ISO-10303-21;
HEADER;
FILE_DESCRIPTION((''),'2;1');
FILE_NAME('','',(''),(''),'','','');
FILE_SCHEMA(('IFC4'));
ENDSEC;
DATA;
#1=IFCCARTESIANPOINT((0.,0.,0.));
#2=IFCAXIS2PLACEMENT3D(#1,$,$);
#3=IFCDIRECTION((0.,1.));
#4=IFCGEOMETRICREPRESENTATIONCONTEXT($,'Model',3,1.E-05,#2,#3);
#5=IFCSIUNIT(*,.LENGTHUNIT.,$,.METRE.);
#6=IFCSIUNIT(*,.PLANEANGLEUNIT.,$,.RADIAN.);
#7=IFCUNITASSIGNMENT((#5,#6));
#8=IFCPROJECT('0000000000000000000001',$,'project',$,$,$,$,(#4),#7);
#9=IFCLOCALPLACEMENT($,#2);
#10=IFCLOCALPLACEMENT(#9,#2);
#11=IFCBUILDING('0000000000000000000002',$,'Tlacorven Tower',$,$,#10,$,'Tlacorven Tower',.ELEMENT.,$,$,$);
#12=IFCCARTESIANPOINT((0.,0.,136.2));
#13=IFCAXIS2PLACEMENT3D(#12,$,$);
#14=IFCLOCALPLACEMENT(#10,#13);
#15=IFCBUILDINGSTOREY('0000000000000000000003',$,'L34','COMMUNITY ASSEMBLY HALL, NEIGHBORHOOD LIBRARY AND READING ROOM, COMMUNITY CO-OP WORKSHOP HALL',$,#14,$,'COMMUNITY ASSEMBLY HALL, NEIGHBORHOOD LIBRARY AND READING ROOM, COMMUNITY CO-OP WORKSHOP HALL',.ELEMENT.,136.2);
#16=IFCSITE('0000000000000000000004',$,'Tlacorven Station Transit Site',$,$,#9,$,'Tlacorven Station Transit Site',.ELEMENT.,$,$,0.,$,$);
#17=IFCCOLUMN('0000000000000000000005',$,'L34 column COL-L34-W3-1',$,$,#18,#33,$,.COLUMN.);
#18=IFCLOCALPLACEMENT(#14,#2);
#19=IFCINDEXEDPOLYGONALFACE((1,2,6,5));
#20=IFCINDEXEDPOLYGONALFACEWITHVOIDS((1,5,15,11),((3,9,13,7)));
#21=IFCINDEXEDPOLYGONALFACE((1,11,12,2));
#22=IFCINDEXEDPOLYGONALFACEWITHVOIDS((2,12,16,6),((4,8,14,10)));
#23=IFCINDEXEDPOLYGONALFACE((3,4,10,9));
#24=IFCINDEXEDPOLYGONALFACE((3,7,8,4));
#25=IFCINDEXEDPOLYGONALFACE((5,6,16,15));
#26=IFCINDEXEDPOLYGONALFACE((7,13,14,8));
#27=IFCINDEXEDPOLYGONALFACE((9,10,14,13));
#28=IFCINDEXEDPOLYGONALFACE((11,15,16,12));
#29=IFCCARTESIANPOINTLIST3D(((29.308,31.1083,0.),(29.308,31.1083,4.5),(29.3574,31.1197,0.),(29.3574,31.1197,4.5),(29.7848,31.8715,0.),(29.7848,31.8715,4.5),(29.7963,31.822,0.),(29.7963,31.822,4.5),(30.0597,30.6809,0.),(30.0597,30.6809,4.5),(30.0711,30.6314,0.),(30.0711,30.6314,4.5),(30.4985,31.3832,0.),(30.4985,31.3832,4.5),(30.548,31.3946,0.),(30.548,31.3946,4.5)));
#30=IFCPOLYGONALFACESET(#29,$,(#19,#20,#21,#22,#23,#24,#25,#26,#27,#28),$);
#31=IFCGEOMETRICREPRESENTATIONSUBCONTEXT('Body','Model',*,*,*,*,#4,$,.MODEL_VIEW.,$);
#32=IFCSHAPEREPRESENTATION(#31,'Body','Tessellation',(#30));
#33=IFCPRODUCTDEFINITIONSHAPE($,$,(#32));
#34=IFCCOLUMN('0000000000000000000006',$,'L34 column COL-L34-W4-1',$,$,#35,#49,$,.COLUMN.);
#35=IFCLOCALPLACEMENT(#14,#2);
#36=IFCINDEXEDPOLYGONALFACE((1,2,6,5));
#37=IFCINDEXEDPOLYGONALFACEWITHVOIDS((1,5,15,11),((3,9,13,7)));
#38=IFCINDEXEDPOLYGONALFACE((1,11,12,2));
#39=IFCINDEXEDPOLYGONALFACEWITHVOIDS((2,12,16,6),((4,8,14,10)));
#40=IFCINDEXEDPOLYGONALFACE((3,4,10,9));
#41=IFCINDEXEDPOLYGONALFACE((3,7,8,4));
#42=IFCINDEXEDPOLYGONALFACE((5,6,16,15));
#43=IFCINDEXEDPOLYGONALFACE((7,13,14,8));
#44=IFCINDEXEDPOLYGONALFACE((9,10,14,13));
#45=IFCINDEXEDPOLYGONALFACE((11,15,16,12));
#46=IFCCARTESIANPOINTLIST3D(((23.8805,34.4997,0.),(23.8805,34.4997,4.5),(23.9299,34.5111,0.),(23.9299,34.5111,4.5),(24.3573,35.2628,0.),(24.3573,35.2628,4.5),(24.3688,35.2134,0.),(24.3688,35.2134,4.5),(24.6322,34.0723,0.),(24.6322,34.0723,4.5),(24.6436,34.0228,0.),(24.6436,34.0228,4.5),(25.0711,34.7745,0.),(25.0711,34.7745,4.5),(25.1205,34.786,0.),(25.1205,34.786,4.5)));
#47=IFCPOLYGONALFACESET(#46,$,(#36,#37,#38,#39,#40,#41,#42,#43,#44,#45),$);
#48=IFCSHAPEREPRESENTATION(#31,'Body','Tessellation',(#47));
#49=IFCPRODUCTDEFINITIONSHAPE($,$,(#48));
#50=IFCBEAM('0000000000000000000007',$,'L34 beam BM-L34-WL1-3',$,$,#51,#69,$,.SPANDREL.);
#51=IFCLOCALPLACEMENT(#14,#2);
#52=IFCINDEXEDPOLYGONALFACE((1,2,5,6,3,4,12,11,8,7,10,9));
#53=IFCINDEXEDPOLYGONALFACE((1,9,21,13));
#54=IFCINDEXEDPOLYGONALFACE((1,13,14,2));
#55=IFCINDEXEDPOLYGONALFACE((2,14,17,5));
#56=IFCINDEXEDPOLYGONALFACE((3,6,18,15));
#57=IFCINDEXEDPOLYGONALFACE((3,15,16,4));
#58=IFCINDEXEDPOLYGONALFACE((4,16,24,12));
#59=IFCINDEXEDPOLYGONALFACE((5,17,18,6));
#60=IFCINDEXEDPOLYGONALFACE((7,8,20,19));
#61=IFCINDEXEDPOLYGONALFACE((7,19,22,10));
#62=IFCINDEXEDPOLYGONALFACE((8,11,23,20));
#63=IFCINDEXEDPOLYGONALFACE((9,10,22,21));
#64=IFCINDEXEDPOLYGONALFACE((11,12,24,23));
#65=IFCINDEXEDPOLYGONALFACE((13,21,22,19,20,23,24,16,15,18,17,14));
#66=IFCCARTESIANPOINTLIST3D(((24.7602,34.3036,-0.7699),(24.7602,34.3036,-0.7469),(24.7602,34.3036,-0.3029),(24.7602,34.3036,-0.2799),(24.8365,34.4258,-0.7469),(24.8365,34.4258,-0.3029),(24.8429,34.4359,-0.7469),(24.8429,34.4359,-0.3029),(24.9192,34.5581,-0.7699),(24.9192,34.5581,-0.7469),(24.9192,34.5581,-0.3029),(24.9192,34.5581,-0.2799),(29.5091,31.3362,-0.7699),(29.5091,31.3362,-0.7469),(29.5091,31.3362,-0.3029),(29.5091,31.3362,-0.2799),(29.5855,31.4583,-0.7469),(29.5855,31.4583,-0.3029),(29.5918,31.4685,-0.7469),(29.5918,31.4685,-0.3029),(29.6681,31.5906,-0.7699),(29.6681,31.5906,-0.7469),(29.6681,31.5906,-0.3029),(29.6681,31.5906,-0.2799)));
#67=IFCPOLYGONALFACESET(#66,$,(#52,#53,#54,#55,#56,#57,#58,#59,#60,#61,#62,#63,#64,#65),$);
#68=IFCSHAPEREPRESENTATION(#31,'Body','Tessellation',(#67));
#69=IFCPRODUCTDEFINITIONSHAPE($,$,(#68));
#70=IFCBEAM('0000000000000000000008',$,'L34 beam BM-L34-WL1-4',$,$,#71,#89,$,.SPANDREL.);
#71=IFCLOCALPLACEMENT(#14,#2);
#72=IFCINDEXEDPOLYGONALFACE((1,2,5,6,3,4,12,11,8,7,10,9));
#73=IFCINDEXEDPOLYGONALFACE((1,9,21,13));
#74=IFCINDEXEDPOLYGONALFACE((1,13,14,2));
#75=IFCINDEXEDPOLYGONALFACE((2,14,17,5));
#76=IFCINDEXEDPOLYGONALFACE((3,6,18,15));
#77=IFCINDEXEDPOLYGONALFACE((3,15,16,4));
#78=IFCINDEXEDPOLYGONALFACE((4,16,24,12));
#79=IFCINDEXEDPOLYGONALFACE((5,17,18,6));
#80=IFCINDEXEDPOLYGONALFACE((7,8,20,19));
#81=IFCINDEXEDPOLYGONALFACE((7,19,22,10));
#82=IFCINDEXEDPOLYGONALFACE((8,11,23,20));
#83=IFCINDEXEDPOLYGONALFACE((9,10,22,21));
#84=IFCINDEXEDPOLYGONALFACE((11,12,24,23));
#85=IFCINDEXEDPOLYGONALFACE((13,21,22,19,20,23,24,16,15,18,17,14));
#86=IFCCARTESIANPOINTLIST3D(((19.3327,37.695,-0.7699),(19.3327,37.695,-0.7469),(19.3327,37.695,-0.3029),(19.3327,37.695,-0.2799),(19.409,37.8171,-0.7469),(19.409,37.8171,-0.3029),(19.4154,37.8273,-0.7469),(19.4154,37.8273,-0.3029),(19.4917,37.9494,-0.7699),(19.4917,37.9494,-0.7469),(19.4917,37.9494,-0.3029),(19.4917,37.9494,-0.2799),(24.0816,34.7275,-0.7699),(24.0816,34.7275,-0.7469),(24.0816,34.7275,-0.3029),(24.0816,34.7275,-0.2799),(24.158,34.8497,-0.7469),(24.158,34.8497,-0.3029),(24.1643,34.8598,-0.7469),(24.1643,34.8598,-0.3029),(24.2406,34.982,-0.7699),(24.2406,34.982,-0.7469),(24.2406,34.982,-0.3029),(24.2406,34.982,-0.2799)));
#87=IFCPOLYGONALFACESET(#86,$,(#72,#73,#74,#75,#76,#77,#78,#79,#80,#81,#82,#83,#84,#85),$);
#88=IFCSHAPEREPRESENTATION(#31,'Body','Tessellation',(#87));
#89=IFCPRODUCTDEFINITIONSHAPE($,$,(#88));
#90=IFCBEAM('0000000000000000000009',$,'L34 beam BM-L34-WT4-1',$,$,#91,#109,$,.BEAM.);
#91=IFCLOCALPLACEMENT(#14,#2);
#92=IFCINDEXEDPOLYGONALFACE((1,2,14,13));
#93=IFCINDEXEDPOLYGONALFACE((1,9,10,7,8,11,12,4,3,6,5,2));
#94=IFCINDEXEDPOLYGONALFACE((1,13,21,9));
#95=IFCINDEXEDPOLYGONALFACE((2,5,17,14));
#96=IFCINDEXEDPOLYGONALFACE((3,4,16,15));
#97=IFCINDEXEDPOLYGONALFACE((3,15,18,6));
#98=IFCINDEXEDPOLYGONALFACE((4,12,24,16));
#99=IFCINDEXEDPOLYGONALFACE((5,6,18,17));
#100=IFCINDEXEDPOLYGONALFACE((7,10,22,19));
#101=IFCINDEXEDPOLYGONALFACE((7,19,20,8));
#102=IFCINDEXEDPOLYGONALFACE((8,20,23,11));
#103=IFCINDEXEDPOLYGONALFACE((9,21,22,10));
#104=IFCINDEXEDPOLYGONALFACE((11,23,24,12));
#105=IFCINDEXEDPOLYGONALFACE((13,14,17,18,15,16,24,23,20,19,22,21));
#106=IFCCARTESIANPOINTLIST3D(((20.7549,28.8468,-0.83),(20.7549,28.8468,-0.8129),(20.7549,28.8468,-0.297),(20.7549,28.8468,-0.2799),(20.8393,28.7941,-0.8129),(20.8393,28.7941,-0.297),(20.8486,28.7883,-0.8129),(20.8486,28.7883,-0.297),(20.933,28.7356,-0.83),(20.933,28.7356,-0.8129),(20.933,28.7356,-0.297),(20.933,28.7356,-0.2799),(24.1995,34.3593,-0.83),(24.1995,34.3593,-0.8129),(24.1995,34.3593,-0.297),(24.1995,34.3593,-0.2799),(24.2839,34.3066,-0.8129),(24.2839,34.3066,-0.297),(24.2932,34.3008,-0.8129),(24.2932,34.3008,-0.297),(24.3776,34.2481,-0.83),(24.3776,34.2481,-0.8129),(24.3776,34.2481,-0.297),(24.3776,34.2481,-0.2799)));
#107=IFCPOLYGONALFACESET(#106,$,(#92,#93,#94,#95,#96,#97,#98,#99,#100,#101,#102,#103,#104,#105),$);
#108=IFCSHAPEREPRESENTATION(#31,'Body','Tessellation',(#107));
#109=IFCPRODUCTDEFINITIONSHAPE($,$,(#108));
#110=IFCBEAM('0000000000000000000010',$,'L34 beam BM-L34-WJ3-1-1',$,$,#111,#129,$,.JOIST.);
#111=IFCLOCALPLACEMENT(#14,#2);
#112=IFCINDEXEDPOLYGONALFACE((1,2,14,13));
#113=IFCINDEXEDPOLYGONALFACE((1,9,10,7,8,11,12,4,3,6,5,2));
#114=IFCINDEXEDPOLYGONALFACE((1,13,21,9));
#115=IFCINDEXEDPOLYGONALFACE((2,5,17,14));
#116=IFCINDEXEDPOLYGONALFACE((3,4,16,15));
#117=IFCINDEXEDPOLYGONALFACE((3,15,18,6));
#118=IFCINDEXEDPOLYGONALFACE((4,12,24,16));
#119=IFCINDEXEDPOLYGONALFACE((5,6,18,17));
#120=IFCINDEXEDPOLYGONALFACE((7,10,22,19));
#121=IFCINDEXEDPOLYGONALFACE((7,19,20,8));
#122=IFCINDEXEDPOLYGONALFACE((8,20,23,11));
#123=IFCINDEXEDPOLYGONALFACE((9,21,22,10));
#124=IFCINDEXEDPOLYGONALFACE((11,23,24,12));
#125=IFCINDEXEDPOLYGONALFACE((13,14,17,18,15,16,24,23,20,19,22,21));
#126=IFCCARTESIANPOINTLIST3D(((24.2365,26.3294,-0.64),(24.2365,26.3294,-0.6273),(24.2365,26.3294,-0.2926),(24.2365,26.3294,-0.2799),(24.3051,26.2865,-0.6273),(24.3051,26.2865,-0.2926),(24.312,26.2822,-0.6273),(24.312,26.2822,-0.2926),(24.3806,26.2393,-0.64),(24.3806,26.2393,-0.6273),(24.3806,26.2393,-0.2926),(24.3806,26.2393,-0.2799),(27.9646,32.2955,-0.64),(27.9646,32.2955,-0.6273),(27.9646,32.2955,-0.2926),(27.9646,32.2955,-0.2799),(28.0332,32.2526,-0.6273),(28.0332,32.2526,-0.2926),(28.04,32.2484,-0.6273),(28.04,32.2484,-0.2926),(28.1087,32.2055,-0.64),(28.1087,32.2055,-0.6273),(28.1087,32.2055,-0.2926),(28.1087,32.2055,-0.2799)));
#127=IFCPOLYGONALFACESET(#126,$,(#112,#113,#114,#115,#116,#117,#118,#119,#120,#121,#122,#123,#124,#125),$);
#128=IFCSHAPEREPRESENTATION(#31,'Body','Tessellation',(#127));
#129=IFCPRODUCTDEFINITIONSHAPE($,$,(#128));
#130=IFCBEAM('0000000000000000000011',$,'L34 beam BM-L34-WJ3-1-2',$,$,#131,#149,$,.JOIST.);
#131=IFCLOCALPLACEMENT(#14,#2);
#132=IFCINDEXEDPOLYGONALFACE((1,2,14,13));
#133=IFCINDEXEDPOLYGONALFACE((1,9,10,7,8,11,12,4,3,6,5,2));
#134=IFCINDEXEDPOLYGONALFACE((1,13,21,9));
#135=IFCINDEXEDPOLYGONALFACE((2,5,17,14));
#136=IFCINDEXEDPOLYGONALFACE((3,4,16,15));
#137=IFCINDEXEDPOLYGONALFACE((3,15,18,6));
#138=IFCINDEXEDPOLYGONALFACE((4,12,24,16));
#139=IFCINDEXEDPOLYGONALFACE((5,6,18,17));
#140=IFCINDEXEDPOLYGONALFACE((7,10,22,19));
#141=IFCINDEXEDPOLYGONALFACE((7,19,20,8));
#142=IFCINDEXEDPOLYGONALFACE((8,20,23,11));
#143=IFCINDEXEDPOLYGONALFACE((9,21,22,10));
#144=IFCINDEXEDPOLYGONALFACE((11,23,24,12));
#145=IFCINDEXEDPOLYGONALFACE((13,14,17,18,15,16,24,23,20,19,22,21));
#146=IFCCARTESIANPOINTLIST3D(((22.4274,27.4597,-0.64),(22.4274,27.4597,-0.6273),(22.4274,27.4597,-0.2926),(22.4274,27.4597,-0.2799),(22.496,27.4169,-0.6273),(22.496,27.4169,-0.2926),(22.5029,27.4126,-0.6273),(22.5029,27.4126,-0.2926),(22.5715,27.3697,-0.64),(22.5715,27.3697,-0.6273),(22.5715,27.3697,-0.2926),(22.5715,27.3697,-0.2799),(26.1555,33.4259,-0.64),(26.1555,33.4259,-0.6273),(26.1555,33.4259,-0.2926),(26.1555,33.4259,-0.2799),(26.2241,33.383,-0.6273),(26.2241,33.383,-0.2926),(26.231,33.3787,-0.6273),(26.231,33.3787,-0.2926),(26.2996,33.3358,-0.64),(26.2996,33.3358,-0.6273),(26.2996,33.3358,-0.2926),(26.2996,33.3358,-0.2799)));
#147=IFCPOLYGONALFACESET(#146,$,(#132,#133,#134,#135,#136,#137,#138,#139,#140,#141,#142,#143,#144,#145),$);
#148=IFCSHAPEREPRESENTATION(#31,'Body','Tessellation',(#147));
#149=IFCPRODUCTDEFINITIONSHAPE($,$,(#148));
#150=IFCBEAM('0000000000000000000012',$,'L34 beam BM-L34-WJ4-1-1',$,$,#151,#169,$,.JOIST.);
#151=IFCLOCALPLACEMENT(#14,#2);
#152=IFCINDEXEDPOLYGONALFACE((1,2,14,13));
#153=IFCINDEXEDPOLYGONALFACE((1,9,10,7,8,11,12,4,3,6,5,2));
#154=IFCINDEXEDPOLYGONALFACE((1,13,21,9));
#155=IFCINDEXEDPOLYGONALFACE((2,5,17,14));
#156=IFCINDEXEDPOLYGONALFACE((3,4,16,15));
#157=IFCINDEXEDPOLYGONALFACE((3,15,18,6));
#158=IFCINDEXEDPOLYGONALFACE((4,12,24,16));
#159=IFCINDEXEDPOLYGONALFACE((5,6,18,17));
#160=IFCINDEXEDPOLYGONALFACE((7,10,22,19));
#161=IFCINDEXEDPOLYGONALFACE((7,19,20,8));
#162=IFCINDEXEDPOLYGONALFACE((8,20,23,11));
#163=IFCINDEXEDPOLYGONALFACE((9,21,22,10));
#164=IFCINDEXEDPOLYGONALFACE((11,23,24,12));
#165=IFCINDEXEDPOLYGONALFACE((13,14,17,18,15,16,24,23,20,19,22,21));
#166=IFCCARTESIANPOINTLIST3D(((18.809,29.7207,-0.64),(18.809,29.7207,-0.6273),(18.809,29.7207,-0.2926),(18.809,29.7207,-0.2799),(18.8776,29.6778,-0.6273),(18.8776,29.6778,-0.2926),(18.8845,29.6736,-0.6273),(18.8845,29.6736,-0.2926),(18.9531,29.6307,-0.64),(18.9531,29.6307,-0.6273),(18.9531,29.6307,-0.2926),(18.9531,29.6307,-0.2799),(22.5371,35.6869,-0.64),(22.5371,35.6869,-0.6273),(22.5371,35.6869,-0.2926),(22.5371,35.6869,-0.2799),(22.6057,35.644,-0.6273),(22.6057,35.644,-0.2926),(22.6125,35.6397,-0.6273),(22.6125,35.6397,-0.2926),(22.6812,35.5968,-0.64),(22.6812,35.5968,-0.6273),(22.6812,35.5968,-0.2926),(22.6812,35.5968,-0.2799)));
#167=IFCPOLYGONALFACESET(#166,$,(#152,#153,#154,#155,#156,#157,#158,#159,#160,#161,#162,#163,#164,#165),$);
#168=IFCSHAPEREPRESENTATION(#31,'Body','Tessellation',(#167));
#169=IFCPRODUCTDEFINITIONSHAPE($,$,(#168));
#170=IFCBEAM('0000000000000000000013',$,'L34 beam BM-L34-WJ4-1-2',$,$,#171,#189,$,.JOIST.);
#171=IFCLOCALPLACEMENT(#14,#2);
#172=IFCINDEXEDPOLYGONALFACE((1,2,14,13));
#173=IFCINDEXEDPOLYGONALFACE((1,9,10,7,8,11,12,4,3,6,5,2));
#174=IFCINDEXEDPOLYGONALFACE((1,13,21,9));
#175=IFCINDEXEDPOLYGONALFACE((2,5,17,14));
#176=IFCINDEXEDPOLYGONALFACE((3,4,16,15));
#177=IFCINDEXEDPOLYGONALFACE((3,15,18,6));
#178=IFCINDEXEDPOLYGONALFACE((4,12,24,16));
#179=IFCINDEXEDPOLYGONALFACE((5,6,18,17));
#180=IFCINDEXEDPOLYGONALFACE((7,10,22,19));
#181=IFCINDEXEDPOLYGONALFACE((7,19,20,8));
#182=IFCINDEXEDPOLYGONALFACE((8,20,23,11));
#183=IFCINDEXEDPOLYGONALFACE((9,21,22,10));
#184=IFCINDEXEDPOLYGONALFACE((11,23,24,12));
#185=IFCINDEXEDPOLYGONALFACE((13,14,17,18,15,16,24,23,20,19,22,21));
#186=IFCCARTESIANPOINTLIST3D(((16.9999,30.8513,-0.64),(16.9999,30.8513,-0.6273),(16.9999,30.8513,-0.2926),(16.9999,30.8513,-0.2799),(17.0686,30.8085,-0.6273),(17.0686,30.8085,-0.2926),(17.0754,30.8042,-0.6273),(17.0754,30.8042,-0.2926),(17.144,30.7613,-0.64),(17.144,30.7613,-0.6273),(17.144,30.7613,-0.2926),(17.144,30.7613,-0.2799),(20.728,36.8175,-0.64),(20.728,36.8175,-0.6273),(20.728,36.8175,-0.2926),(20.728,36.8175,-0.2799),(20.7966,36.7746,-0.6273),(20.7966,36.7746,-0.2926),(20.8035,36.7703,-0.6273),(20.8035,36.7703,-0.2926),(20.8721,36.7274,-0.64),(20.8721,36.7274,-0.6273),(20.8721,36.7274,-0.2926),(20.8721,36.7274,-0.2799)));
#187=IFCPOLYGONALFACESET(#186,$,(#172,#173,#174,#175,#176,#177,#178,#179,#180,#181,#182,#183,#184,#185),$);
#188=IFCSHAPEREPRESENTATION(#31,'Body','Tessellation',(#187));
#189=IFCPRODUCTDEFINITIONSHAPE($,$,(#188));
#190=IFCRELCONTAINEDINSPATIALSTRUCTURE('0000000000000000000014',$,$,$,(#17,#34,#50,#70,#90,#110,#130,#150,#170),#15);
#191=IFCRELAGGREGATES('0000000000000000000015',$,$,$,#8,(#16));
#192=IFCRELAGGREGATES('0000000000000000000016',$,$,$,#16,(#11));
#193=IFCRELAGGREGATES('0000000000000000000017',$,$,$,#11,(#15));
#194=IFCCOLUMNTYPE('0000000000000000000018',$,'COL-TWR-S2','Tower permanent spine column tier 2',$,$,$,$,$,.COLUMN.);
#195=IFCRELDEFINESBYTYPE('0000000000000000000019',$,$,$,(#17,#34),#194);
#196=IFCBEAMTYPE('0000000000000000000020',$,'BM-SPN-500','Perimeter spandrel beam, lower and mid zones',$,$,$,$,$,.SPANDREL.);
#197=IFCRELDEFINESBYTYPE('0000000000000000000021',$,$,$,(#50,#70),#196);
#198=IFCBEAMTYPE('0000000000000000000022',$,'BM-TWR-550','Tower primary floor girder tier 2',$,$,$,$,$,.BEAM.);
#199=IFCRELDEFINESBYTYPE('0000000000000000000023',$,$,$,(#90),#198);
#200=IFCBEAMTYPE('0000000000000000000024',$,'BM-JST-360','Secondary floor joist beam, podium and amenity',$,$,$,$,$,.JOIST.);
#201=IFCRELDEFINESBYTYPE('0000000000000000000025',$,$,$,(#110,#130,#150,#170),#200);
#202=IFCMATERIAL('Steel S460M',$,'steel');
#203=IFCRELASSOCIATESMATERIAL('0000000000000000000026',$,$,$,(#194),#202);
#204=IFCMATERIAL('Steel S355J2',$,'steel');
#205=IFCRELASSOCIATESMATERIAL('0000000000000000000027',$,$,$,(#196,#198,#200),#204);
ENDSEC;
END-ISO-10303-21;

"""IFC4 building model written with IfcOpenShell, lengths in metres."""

from ifc_helpers import new_model, si_unit, direction, frame, origin, origin_2d, place, context, subcontext, project, spatial, hollow_rectangle, i_section, extrude, source, transform, mapped, material, material_profile, profile_set, type_object, element, save


model = new_model("IFC4")

# Units and contexts
model_context = context("Model", 3, precision=1e-05, world=origin(), true_north=direction((0.0, 1.0)))
body_context = subcontext(model_context, "Body", "Model", "MODEL_VIEW")
ifc_project = project(units=[si_unit("LENGTHUNIT", "METRE"), si_unit("PLANEANGLEUNIT", "RADIAN")], contexts=[model_context])

# Site, building, storey
site_placement = place(None, origin())
site = spatial("IfcSite", under=ifc_project, at=site_placement, Name="Tlacorven Station Transit Site", LongName="Tlacorven Station Transit Site", CompositionType="ELEMENT", RefElevation=0.0)
building_placement = place(site_placement, origin())
building = spatial("IfcBuilding", under=site, at=building_placement, Name="Tlacorven Tower", LongName="Tlacorven Tower", CompositionType="ELEMENT")
storey_placement = place(building_placement, frame((0.0, 0.0, 136.2)))
storey = spatial("IfcBuildingStorey", under=building, at=storey_placement, Name="L34", Description="COMMUNITY ASSEMBLY HALL, NEIGHBORHOOD LIBRARY AND READING ROOM, COMMUNITY CO-OP WORKSHOP HALL", LongName="COMMUNITY ASSEMBLY HALL, NEIGHBORHOOD LIBRARY AND READING ROOM, COMMUNITY CO-OP WORKSHOP HALL", CompositionType="ELEMENT", Elevation=136.2)

# Columns
ifc_material_1 = material(Name="Steel S460M", Category="steel")
ifc_material_profile_1 = material_profile(ifc_material_1, hollow_rectangle(XDim=0.8999, YDim=0.8999, WallThickness=0.0359, at=origin_2d()), Name="BOX 900X900X36")
ifc_profile_set_1 = profile_set([ifc_material_profile_1], Name="Steel S460M")
column_type = type_object("IfcColumnType", Name="COL-TWR-S2", Description="Tower permanent spine column tier 2", PredefinedType="COLUMN", material=ifc_profile_set_1)
shared_shape_1 = source(origin(), body_context, "Body", "SweptSolid", [
    extrude(hollow_rectangle(XDim=0.8999, YDim=0.8999, WallThickness=0.0359, at=origin_2d()), origin(), (0.0, 0.0, 1.0), 4.5),
])
for number, where, z_axis, x_axis, name in (
    (1, (29.928, 31.2515, 0.0), (0.0, 0.0, 1.0), (-0.848048, 0.529919, 0.0), "L34 column COL-L34-W3-1"),
    (2, (24.5005, 34.6428, 0.0), (0.0, 0.0, 1.0), (-0.848048, 0.529919, 0.0), "L34 column COL-L34-W4-1"),
):
    element("IfcColumn", number, at=place(storey_placement, frame(where, z_axis=z_axis, x_axis=x_axis)), inside=storey, type_object=column_type, Name=name, PredefinedType="COLUMN", context=body_context, shape_type="MappedRepresentation", body=[
        mapped(shared_shape_1, transform((0.0, 0.0, 0.0), scale=1.0)),
    ])

# Beams
ifc_material_2 = material(Name="Steel S355J2", Category="steel")
ifc_material_profile_2 = material_profile(ifc_material_2, i_section(OverallWidth=0.3, OverallDepth=0.49, WebThickness=0.012, FlangeThickness=0.0229, at=origin_2d()), Name="HEA 500")
ifc_profile_set_2 = profile_set([ifc_material_profile_2], Name="Steel S355J2")
beam_type_1 = type_object("IfcBeamType", Name="BM-SPN-500", Description="Perimeter spandrel beam, lower and mid zones", PredefinedType="SPANDREL", material=ifc_profile_set_2)
shared_shape_2 = source(origin(), body_context, "Body", "SweptSolid", [
    extrude(i_section(OverallWidth=0.3, OverallDepth=0.49, WebThickness=0.012, FlangeThickness=0.0229, at=origin_2d()), origin(), (0.0, 0.0, 1.0), 5.5999),
])
for number, where, z_axis, x_axis, name in (
    (3, (29.5886, 31.4634, -0.5249), (-0.848047, 0.529921, 0.0), (-0.529921, -0.848047, 0.0), "L34 beam BM-L34-WL1-3"),
    (4, (24.1611, 34.8547, -0.5249), (-0.848047, 0.529921, 0.0), (-0.529921, -0.848047, 0.0), "L34 beam BM-L34-WL1-4"),
):
    element("IfcBeam", number, at=place(storey_placement, frame(where, z_axis=z_axis, x_axis=x_axis)), inside=storey, type_object=beam_type_1, Name=name, PredefinedType="SPANDREL", context=body_context, shape_type="MappedRepresentation", body=[
        mapped(shared_shape_2, transform((0.0, 0.0, 0.0), scale=1.0)),
    ])
ifc_material_profile_3 = material_profile(ifc_material_2, i_section(OverallWidth=0.21, OverallDepth=0.55, WebThickness=0.011, FlangeThickness=0.0171, at=origin_2d()), Name="IPE 550")
ifc_profile_set_3 = profile_set([ifc_material_profile_3], Name="Steel S355J2")
beam_type_2 = type_object("IfcBeamType", Name="BM-TWR-550", Description="Tower primary floor girder tier 2", PredefinedType="BEAM", material=ifc_profile_set_3)
shared_shape_3 = source(origin(), body_context, "Body", "SweptSolid", [
    extrude(i_section(OverallWidth=0.21, OverallDepth=0.55, WebThickness=0.011, FlangeThickness=0.0171, at=origin_2d()), origin(), (0.0, 0.0, 1.0), 6.5002),
])
beam_placement = place(storey_placement, frame((24.2886, 34.3037, -0.5549), z_axis=(-0.529921, -0.848047, 0.0), x_axis=(0.848047, -0.529921, 0.0)))
element("IfcBeam", 5, at=beam_placement, inside=storey, type_object=beam_type_2, Name="L34 beam BM-L34-WT4-1", PredefinedType="BEAM", context=body_context, shape_type="MappedRepresentation", body=[
    mapped(shared_shape_3, transform((0.0, 0.0, 0.0), scale=1.0)),
])
ifc_material_profile_4 = material_profile(ifc_material_2, i_section(OverallWidth=0.1699, OverallDepth=0.3601, WebThickness=0.0081, FlangeThickness=0.0127, at=origin_2d()), Name="IPE 360")
ifc_profile_set_4 = profile_set([ifc_material_profile_4], Name="Steel S355J2")
beam_type_3 = type_object("IfcBeamType", Name="BM-JST-360", Description="Secondary floor joist beam, podium and amenity", PredefinedType="JOIST", material=ifc_profile_set_4)
shared_shape_4 = source(origin(), body_context, "Body", "SweptSolid", [
    extrude(i_section(OverallWidth=0.1699, OverallDepth=0.3601, WebThickness=0.0081, FlangeThickness=0.0127, at=origin_2d()), origin(), (0.0, 0.0, 1.0), 7.0352),
])
for number, where, z_axis, x_axis, name in (
    (6, (28.0366, 32.2505, -0.46), (-0.529921, -0.848047, 0.0), (0.848047, -0.529921, 0.0), "L34 beam BM-L34-WJ3-1-1"),
    (7, (26.2275, 33.3809, -0.46), (-0.529921, -0.848047, 0.0), (0.848047, -0.529921, 0.0), "L34 beam BM-L34-WJ3-1-2"),
    (8, (22.6091, 35.6418, -0.46), (-0.529921, -0.848047, 0.0), (0.848047, -0.529921, 0.0), "L34 beam BM-L34-WJ4-1-1"),
    (9, (20.8, 36.7725, -0.46), (-0.529921, -0.848047, 0.0), (0.848047, -0.529921, 0.0), "L34 beam BM-L34-WJ4-1-2"),
):
    element("IfcBeam", number, at=place(storey_placement, frame(where, z_axis=z_axis, x_axis=x_axis)), inside=storey, type_object=beam_type_3, Name=name, PredefinedType="JOIST", context=body_context, shape_type="MappedRepresentation", body=[
        mapped(shared_shape_4, transform((0.0, 0.0, 0.0), scale=1.0)),
    ])

save(model, "model.ifc")
